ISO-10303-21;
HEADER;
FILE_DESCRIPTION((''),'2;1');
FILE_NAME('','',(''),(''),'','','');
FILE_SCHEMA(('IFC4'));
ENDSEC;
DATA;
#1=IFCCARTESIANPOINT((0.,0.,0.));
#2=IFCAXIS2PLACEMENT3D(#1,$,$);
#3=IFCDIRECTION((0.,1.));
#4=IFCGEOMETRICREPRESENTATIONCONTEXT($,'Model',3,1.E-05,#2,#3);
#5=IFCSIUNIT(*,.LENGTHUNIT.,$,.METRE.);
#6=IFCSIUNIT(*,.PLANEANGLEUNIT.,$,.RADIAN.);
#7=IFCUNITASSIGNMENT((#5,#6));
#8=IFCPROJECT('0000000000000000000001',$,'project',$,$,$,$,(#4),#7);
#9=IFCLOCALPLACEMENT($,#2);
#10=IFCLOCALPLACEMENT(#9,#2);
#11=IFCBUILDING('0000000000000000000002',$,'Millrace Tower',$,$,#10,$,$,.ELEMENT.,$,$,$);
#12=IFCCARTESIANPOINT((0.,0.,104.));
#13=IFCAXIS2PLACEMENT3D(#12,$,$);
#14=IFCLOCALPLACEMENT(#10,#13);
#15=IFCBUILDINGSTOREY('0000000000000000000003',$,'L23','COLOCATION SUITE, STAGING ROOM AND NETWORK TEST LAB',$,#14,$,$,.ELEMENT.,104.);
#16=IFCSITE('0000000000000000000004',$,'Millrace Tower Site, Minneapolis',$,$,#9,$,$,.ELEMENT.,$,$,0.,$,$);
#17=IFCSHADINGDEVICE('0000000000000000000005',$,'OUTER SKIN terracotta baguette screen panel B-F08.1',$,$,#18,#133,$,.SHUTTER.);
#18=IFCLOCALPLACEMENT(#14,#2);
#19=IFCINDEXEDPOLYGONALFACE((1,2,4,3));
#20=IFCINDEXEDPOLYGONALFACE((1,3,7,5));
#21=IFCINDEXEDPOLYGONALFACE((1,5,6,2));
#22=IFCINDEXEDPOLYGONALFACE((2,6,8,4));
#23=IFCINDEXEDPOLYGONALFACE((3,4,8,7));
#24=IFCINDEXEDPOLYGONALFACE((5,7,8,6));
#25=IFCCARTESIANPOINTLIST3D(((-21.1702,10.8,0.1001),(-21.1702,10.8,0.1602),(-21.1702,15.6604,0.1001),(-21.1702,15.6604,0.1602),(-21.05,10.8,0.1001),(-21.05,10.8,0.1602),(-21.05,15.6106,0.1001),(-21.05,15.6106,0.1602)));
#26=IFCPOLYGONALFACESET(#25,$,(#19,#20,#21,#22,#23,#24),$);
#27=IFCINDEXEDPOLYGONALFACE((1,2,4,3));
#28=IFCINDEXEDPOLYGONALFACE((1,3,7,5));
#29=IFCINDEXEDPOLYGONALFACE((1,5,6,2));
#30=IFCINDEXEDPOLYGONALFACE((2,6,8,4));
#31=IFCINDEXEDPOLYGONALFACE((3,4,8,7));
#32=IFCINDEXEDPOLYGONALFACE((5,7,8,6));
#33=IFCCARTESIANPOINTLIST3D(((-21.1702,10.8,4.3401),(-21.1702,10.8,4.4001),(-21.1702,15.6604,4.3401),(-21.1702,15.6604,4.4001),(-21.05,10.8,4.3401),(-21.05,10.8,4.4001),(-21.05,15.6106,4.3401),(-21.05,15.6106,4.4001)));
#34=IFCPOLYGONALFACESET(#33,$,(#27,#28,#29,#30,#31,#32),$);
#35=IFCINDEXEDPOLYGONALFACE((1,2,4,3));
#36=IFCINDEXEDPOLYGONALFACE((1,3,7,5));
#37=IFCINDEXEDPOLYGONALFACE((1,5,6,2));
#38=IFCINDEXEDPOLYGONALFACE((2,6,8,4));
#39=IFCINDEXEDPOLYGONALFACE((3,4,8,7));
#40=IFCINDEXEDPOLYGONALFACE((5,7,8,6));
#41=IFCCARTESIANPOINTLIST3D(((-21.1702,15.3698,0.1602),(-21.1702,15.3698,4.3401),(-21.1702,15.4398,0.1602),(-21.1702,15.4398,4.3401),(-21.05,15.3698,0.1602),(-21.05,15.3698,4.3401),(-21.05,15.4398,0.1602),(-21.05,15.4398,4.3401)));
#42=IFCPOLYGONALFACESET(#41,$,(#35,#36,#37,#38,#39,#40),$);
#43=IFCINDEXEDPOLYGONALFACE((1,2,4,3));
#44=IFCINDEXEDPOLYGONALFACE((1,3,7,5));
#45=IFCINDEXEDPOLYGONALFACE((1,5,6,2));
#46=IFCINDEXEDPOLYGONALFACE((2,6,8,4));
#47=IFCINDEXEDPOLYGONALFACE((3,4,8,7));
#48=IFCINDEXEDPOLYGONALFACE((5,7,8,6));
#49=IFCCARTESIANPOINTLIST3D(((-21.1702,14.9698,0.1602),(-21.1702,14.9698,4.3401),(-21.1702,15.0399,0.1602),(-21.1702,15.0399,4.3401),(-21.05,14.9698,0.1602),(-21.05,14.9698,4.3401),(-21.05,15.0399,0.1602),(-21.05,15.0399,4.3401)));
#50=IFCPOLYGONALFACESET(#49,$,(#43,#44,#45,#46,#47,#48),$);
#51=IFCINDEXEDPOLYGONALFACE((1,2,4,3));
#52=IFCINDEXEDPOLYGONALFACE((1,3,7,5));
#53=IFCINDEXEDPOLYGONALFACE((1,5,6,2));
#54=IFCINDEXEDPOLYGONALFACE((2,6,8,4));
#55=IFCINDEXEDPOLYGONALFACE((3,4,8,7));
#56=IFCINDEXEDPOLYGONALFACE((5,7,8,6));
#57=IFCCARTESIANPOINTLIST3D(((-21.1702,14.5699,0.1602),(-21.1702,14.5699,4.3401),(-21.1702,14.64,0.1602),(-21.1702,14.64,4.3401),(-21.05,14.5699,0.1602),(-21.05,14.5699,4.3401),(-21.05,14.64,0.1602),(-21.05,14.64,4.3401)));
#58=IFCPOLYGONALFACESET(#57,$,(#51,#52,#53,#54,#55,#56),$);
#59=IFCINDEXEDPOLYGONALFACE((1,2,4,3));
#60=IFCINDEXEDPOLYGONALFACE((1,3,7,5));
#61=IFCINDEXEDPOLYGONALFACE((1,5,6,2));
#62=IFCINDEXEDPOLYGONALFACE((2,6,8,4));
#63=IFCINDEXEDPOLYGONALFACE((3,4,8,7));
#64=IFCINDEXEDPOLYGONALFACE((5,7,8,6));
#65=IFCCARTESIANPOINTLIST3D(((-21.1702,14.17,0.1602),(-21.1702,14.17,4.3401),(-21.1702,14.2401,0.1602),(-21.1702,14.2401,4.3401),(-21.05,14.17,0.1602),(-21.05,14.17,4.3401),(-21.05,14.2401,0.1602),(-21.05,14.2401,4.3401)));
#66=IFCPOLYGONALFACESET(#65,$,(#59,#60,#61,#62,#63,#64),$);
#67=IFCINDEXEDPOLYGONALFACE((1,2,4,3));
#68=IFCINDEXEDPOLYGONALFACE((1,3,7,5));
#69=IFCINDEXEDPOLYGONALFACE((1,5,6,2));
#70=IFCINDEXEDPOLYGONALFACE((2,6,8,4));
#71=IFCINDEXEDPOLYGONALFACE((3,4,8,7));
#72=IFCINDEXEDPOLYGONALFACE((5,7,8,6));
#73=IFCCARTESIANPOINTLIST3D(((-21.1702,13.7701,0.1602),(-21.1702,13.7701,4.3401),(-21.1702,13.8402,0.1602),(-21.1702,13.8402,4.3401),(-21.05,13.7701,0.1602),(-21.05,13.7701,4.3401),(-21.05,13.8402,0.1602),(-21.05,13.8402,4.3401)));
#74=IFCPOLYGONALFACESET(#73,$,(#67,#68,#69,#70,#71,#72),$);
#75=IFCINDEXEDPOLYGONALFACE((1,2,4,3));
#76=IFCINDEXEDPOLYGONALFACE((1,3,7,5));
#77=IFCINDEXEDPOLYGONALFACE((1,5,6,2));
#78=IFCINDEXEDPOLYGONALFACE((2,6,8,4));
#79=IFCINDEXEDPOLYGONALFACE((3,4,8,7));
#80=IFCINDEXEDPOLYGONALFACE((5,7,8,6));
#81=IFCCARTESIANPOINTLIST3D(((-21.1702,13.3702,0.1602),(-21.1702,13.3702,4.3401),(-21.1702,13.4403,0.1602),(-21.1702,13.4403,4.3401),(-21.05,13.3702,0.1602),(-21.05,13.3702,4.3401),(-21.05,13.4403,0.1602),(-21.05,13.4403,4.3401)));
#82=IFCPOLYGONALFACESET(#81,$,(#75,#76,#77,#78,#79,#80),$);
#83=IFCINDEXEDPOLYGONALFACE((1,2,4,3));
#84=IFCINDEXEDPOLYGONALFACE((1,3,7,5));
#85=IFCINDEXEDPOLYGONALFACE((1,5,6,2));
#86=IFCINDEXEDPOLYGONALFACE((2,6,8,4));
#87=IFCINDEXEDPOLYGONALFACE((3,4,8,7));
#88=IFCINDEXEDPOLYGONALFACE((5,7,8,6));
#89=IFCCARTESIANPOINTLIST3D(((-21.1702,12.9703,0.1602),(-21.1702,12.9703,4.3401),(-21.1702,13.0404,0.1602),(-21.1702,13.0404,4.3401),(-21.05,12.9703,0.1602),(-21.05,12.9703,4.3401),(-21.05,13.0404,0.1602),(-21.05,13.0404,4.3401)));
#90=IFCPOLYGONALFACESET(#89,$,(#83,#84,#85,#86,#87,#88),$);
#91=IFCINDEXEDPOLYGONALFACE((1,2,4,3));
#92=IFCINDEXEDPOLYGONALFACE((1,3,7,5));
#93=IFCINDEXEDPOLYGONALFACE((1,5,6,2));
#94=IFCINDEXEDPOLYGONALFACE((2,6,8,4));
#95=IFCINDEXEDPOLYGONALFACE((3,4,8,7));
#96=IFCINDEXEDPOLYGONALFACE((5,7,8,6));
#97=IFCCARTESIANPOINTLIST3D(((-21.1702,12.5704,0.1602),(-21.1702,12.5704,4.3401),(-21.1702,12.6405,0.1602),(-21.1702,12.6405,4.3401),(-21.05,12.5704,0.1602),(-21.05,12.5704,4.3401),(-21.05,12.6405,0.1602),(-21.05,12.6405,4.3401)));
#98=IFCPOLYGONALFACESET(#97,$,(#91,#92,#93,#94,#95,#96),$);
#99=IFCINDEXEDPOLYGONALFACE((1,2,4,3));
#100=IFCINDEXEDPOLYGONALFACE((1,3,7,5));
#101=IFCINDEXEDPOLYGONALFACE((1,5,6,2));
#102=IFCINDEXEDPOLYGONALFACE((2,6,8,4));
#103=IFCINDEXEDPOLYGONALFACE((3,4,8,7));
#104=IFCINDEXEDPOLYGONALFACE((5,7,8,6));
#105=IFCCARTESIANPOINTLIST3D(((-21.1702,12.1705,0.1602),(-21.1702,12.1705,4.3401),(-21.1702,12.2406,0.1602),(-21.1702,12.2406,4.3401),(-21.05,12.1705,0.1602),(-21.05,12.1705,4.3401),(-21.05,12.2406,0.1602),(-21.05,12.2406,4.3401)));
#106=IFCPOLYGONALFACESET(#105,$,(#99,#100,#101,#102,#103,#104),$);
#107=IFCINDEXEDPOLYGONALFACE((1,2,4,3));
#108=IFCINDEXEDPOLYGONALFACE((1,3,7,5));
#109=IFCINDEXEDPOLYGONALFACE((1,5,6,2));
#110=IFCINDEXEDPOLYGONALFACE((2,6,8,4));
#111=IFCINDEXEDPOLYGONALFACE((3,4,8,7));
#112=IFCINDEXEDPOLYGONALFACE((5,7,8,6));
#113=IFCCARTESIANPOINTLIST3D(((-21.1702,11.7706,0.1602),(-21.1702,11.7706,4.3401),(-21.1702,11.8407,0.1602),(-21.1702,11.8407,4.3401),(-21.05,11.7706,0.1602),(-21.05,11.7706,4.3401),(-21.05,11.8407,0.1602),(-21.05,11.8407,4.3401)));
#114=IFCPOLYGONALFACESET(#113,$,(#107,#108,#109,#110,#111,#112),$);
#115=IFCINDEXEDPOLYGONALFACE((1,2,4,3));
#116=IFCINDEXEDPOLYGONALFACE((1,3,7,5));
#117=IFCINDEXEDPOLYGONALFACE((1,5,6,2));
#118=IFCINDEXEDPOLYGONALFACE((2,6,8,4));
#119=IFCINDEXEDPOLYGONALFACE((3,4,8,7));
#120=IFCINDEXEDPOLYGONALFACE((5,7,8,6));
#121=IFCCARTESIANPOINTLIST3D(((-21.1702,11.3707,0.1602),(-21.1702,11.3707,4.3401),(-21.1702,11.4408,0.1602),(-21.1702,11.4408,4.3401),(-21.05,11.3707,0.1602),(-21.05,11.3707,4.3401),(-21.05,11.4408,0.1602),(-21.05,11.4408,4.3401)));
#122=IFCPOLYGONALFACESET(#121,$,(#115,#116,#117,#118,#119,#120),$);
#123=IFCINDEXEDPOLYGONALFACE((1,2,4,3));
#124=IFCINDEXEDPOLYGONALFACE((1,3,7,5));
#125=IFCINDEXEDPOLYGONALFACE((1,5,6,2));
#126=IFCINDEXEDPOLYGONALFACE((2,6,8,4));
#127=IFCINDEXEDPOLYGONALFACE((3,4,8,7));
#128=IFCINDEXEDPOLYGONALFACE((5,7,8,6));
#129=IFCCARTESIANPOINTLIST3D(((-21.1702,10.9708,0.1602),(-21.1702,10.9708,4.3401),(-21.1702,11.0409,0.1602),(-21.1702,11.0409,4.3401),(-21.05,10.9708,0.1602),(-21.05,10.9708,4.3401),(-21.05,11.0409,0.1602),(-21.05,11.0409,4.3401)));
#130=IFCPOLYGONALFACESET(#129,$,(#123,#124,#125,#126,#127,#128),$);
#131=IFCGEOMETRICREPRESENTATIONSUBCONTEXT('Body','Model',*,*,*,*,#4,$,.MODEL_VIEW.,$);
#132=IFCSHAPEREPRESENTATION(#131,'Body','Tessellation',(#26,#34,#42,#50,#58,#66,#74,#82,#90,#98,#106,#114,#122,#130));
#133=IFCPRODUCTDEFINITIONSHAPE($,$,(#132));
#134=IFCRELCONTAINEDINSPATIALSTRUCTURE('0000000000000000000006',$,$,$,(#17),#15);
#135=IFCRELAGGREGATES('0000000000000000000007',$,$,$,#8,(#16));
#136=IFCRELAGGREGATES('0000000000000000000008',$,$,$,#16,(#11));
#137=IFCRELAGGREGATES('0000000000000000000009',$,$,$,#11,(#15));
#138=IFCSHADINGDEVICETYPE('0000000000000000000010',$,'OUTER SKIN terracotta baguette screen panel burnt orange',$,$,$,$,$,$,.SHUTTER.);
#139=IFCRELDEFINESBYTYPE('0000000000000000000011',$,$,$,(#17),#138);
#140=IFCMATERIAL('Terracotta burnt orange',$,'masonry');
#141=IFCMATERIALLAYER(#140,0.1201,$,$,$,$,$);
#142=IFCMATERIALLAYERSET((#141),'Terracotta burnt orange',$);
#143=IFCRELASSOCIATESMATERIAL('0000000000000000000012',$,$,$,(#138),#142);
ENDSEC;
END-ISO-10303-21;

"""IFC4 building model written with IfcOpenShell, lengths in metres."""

from ifc_helpers import new_model, entity, si_unit, direction, frame, frame_2d, origin, place, context, subcontext, project, spatial, rectangle, extrude, source, transform, mapped, material, layer, layer_set, type_object, element, save


model = new_model("IFC4")

# Units and contexts
model_context = context("Model", 3, precision=1e-05, world=origin(), true_north=direction((0.0, 1.0)))
body_context = subcontext(model_context, "Body", "Model", "MODEL_VIEW")
ifc_project = project(units=[si_unit("LENGTHUNIT", "METRE"), si_unit("PLANEANGLEUNIT", "RADIAN")], contexts=[model_context])

# Site, building, storey
site_placement = place(None, origin())
site = spatial("IfcSite", under=ifc_project, at=site_placement, Name="Millrace Tower Site, Minneapolis", CompositionType="ELEMENT", RefElevation=0.0)
building_placement = place(site_placement, origin())
building = spatial("IfcBuilding", under=site, at=building_placement, Name="Millrace Tower", CompositionType="ELEMENT")
storey_placement = place(building_placement, frame((0.0, 0.0, 104.0)))
storey = spatial("IfcBuildingStorey", under=building, at=storey_placement, Name="L23", Description="COLOCATION SUITE, STAGING ROOM AND NETWORK TEST LAB", CompositionType="ELEMENT", Elevation=104.0)

# Shading device
ifc_material_1 = material(Name="Terracotta burnt orange", Category="masonry")
ifc_layer_1 = layer(ifc_material_1, 0.1201)
ifc_layer_set_1 = layer_set([ifc_layer_1], Name="Terracotta burnt orange")
shading_device_type = type_object("IfcShadingDeviceType", Name="OUTER SKIN terracotta baguette screen panel burnt orange", PredefinedType="SHUTTER", material=ifc_layer_set_1)
cartesian_point_1 = entity("IfcCartesianPoint", [-2.3928, 0.0601])
shared_polyline_1 = entity("IfcPolyline", [cartesian_point_1, entity("IfcCartesianPoint", [2.4177, 0.0601]), entity("IfcCartesianPoint", [2.4177, -0.0601]), entity("IfcCartesianPoint", [-2.4426, -0.0601]), cartesian_point_1])
shared_shape_1 = source(origin(), body_context, "Body", "SweptSolid", [
    entity("IfcExtrudedAreaSolid", entity("IfcArbitraryClosedProfileDef", "AREA", None, shared_polyline_1), entity("IfcAxis2Placement3D", entity("IfcCartesianPoint", [0.0, 0.0, 0.0])), entity("IfcDirection", [0.0, 0.0, 1.0]), 0.0601),
    entity("IfcExtrudedAreaSolid", entity("IfcArbitraryClosedProfileDef", "AREA", None, shared_polyline_1), entity("IfcAxis2Placement3D", entity("IfcCartesianPoint", [0.0, 0.0, 4.24])), entity("IfcDirection", [0.0, 0.0, 1.0]), 0.0601),
    extrude(rectangle(XDim=0.0701, YDim=0.1201, at=frame_2d((-2.187, 0.0))), frame((0.0, 0.0, 0.0601)), (0.0, 0.0, 1.0), 4.1799),
    extrude(rectangle(XDim=0.0701, YDim=0.1201, at=frame_2d((-1.7871, 0.0))), frame((0.0, 0.0, 0.0601)), (0.0, 0.0, 1.0), 4.1799),
    extrude(rectangle(XDim=0.0701, YDim=0.1201, at=frame_2d((-1.3872, 0.0))), frame((0.0, 0.0, 0.0601)), (0.0, 0.0, 1.0), 4.1799),
    extrude(rectangle(XDim=0.0701, YDim=0.1201, at=frame_2d((-0.9873, 0.0))), frame((0.0, 0.0, 0.0601)), (0.0, 0.0, 1.0), 4.1799),
    extrude(rectangle(XDim=0.0701, YDim=0.1201, at=frame_2d((-0.5874, 0.0))), frame((0.0, 0.0, 0.0601)), (0.0, 0.0, 1.0), 4.1799),
    extrude(rectangle(XDim=0.0701, YDim=0.1201, at=frame_2d((-0.1875, 0.0))), frame((0.0, 0.0, 0.0601)), (0.0, 0.0, 1.0), 4.1799),
    extrude(rectangle(XDim=0.0701, YDim=0.1201, at=frame_2d((0.2124, 0.0))), frame((0.0, 0.0, 0.0601)), (0.0, 0.0, 1.0), 4.1799),
    extrude(rectangle(XDim=0.0701, YDim=0.1201, at=frame_2d((0.6123, 0.0))), frame((0.0, 0.0, 0.0601)), (0.0, 0.0, 1.0), 4.1799),
    extrude(rectangle(XDim=0.0701, YDim=0.1201, at=frame_2d((1.0122, 0.0))), frame((0.0, 0.0, 0.0601)), (0.0, 0.0, 1.0), 4.1799),
    extrude(rectangle(XDim=0.0701, YDim=0.1201, at=frame_2d((1.4121, 0.0))), frame((0.0, 0.0, 0.0601)), (0.0, 0.0, 1.0), 4.1799),
    extrude(rectangle(XDim=0.0701, YDim=0.1201, at=frame_2d((1.812, 0.0))), frame((0.0, 0.0, 0.0601)), (0.0, 0.0, 1.0), 4.1799),
    extrude(rectangle(XDim=0.0701, YDim=0.1201, at=frame_2d((2.2119, 0.0))), frame((0.0, 0.0, 0.0601)), (0.0, 0.0, 1.0), 4.1799),
])
shading_device_1_placement = place(storey_placement, frame((-21.1101, 13.2178, 0.1001), z_axis=(0.0, 0.0, 1.0), x_axis=(0.0, -1.0, 0.0)))
element("IfcShadingDevice", 1, at=shading_device_1_placement, inside=storey, type_object=shading_device_type, Name="OUTER SKIN terracotta baguette screen panel B-F08.1", PredefinedType="SHUTTER", context=body_context, shape_type="MappedRepresentation", body=[
    mapped(shared_shape_1, transform((0.0, 0.0, 0.0), scale=1.0)),
])

save(model, "model.ifc")
